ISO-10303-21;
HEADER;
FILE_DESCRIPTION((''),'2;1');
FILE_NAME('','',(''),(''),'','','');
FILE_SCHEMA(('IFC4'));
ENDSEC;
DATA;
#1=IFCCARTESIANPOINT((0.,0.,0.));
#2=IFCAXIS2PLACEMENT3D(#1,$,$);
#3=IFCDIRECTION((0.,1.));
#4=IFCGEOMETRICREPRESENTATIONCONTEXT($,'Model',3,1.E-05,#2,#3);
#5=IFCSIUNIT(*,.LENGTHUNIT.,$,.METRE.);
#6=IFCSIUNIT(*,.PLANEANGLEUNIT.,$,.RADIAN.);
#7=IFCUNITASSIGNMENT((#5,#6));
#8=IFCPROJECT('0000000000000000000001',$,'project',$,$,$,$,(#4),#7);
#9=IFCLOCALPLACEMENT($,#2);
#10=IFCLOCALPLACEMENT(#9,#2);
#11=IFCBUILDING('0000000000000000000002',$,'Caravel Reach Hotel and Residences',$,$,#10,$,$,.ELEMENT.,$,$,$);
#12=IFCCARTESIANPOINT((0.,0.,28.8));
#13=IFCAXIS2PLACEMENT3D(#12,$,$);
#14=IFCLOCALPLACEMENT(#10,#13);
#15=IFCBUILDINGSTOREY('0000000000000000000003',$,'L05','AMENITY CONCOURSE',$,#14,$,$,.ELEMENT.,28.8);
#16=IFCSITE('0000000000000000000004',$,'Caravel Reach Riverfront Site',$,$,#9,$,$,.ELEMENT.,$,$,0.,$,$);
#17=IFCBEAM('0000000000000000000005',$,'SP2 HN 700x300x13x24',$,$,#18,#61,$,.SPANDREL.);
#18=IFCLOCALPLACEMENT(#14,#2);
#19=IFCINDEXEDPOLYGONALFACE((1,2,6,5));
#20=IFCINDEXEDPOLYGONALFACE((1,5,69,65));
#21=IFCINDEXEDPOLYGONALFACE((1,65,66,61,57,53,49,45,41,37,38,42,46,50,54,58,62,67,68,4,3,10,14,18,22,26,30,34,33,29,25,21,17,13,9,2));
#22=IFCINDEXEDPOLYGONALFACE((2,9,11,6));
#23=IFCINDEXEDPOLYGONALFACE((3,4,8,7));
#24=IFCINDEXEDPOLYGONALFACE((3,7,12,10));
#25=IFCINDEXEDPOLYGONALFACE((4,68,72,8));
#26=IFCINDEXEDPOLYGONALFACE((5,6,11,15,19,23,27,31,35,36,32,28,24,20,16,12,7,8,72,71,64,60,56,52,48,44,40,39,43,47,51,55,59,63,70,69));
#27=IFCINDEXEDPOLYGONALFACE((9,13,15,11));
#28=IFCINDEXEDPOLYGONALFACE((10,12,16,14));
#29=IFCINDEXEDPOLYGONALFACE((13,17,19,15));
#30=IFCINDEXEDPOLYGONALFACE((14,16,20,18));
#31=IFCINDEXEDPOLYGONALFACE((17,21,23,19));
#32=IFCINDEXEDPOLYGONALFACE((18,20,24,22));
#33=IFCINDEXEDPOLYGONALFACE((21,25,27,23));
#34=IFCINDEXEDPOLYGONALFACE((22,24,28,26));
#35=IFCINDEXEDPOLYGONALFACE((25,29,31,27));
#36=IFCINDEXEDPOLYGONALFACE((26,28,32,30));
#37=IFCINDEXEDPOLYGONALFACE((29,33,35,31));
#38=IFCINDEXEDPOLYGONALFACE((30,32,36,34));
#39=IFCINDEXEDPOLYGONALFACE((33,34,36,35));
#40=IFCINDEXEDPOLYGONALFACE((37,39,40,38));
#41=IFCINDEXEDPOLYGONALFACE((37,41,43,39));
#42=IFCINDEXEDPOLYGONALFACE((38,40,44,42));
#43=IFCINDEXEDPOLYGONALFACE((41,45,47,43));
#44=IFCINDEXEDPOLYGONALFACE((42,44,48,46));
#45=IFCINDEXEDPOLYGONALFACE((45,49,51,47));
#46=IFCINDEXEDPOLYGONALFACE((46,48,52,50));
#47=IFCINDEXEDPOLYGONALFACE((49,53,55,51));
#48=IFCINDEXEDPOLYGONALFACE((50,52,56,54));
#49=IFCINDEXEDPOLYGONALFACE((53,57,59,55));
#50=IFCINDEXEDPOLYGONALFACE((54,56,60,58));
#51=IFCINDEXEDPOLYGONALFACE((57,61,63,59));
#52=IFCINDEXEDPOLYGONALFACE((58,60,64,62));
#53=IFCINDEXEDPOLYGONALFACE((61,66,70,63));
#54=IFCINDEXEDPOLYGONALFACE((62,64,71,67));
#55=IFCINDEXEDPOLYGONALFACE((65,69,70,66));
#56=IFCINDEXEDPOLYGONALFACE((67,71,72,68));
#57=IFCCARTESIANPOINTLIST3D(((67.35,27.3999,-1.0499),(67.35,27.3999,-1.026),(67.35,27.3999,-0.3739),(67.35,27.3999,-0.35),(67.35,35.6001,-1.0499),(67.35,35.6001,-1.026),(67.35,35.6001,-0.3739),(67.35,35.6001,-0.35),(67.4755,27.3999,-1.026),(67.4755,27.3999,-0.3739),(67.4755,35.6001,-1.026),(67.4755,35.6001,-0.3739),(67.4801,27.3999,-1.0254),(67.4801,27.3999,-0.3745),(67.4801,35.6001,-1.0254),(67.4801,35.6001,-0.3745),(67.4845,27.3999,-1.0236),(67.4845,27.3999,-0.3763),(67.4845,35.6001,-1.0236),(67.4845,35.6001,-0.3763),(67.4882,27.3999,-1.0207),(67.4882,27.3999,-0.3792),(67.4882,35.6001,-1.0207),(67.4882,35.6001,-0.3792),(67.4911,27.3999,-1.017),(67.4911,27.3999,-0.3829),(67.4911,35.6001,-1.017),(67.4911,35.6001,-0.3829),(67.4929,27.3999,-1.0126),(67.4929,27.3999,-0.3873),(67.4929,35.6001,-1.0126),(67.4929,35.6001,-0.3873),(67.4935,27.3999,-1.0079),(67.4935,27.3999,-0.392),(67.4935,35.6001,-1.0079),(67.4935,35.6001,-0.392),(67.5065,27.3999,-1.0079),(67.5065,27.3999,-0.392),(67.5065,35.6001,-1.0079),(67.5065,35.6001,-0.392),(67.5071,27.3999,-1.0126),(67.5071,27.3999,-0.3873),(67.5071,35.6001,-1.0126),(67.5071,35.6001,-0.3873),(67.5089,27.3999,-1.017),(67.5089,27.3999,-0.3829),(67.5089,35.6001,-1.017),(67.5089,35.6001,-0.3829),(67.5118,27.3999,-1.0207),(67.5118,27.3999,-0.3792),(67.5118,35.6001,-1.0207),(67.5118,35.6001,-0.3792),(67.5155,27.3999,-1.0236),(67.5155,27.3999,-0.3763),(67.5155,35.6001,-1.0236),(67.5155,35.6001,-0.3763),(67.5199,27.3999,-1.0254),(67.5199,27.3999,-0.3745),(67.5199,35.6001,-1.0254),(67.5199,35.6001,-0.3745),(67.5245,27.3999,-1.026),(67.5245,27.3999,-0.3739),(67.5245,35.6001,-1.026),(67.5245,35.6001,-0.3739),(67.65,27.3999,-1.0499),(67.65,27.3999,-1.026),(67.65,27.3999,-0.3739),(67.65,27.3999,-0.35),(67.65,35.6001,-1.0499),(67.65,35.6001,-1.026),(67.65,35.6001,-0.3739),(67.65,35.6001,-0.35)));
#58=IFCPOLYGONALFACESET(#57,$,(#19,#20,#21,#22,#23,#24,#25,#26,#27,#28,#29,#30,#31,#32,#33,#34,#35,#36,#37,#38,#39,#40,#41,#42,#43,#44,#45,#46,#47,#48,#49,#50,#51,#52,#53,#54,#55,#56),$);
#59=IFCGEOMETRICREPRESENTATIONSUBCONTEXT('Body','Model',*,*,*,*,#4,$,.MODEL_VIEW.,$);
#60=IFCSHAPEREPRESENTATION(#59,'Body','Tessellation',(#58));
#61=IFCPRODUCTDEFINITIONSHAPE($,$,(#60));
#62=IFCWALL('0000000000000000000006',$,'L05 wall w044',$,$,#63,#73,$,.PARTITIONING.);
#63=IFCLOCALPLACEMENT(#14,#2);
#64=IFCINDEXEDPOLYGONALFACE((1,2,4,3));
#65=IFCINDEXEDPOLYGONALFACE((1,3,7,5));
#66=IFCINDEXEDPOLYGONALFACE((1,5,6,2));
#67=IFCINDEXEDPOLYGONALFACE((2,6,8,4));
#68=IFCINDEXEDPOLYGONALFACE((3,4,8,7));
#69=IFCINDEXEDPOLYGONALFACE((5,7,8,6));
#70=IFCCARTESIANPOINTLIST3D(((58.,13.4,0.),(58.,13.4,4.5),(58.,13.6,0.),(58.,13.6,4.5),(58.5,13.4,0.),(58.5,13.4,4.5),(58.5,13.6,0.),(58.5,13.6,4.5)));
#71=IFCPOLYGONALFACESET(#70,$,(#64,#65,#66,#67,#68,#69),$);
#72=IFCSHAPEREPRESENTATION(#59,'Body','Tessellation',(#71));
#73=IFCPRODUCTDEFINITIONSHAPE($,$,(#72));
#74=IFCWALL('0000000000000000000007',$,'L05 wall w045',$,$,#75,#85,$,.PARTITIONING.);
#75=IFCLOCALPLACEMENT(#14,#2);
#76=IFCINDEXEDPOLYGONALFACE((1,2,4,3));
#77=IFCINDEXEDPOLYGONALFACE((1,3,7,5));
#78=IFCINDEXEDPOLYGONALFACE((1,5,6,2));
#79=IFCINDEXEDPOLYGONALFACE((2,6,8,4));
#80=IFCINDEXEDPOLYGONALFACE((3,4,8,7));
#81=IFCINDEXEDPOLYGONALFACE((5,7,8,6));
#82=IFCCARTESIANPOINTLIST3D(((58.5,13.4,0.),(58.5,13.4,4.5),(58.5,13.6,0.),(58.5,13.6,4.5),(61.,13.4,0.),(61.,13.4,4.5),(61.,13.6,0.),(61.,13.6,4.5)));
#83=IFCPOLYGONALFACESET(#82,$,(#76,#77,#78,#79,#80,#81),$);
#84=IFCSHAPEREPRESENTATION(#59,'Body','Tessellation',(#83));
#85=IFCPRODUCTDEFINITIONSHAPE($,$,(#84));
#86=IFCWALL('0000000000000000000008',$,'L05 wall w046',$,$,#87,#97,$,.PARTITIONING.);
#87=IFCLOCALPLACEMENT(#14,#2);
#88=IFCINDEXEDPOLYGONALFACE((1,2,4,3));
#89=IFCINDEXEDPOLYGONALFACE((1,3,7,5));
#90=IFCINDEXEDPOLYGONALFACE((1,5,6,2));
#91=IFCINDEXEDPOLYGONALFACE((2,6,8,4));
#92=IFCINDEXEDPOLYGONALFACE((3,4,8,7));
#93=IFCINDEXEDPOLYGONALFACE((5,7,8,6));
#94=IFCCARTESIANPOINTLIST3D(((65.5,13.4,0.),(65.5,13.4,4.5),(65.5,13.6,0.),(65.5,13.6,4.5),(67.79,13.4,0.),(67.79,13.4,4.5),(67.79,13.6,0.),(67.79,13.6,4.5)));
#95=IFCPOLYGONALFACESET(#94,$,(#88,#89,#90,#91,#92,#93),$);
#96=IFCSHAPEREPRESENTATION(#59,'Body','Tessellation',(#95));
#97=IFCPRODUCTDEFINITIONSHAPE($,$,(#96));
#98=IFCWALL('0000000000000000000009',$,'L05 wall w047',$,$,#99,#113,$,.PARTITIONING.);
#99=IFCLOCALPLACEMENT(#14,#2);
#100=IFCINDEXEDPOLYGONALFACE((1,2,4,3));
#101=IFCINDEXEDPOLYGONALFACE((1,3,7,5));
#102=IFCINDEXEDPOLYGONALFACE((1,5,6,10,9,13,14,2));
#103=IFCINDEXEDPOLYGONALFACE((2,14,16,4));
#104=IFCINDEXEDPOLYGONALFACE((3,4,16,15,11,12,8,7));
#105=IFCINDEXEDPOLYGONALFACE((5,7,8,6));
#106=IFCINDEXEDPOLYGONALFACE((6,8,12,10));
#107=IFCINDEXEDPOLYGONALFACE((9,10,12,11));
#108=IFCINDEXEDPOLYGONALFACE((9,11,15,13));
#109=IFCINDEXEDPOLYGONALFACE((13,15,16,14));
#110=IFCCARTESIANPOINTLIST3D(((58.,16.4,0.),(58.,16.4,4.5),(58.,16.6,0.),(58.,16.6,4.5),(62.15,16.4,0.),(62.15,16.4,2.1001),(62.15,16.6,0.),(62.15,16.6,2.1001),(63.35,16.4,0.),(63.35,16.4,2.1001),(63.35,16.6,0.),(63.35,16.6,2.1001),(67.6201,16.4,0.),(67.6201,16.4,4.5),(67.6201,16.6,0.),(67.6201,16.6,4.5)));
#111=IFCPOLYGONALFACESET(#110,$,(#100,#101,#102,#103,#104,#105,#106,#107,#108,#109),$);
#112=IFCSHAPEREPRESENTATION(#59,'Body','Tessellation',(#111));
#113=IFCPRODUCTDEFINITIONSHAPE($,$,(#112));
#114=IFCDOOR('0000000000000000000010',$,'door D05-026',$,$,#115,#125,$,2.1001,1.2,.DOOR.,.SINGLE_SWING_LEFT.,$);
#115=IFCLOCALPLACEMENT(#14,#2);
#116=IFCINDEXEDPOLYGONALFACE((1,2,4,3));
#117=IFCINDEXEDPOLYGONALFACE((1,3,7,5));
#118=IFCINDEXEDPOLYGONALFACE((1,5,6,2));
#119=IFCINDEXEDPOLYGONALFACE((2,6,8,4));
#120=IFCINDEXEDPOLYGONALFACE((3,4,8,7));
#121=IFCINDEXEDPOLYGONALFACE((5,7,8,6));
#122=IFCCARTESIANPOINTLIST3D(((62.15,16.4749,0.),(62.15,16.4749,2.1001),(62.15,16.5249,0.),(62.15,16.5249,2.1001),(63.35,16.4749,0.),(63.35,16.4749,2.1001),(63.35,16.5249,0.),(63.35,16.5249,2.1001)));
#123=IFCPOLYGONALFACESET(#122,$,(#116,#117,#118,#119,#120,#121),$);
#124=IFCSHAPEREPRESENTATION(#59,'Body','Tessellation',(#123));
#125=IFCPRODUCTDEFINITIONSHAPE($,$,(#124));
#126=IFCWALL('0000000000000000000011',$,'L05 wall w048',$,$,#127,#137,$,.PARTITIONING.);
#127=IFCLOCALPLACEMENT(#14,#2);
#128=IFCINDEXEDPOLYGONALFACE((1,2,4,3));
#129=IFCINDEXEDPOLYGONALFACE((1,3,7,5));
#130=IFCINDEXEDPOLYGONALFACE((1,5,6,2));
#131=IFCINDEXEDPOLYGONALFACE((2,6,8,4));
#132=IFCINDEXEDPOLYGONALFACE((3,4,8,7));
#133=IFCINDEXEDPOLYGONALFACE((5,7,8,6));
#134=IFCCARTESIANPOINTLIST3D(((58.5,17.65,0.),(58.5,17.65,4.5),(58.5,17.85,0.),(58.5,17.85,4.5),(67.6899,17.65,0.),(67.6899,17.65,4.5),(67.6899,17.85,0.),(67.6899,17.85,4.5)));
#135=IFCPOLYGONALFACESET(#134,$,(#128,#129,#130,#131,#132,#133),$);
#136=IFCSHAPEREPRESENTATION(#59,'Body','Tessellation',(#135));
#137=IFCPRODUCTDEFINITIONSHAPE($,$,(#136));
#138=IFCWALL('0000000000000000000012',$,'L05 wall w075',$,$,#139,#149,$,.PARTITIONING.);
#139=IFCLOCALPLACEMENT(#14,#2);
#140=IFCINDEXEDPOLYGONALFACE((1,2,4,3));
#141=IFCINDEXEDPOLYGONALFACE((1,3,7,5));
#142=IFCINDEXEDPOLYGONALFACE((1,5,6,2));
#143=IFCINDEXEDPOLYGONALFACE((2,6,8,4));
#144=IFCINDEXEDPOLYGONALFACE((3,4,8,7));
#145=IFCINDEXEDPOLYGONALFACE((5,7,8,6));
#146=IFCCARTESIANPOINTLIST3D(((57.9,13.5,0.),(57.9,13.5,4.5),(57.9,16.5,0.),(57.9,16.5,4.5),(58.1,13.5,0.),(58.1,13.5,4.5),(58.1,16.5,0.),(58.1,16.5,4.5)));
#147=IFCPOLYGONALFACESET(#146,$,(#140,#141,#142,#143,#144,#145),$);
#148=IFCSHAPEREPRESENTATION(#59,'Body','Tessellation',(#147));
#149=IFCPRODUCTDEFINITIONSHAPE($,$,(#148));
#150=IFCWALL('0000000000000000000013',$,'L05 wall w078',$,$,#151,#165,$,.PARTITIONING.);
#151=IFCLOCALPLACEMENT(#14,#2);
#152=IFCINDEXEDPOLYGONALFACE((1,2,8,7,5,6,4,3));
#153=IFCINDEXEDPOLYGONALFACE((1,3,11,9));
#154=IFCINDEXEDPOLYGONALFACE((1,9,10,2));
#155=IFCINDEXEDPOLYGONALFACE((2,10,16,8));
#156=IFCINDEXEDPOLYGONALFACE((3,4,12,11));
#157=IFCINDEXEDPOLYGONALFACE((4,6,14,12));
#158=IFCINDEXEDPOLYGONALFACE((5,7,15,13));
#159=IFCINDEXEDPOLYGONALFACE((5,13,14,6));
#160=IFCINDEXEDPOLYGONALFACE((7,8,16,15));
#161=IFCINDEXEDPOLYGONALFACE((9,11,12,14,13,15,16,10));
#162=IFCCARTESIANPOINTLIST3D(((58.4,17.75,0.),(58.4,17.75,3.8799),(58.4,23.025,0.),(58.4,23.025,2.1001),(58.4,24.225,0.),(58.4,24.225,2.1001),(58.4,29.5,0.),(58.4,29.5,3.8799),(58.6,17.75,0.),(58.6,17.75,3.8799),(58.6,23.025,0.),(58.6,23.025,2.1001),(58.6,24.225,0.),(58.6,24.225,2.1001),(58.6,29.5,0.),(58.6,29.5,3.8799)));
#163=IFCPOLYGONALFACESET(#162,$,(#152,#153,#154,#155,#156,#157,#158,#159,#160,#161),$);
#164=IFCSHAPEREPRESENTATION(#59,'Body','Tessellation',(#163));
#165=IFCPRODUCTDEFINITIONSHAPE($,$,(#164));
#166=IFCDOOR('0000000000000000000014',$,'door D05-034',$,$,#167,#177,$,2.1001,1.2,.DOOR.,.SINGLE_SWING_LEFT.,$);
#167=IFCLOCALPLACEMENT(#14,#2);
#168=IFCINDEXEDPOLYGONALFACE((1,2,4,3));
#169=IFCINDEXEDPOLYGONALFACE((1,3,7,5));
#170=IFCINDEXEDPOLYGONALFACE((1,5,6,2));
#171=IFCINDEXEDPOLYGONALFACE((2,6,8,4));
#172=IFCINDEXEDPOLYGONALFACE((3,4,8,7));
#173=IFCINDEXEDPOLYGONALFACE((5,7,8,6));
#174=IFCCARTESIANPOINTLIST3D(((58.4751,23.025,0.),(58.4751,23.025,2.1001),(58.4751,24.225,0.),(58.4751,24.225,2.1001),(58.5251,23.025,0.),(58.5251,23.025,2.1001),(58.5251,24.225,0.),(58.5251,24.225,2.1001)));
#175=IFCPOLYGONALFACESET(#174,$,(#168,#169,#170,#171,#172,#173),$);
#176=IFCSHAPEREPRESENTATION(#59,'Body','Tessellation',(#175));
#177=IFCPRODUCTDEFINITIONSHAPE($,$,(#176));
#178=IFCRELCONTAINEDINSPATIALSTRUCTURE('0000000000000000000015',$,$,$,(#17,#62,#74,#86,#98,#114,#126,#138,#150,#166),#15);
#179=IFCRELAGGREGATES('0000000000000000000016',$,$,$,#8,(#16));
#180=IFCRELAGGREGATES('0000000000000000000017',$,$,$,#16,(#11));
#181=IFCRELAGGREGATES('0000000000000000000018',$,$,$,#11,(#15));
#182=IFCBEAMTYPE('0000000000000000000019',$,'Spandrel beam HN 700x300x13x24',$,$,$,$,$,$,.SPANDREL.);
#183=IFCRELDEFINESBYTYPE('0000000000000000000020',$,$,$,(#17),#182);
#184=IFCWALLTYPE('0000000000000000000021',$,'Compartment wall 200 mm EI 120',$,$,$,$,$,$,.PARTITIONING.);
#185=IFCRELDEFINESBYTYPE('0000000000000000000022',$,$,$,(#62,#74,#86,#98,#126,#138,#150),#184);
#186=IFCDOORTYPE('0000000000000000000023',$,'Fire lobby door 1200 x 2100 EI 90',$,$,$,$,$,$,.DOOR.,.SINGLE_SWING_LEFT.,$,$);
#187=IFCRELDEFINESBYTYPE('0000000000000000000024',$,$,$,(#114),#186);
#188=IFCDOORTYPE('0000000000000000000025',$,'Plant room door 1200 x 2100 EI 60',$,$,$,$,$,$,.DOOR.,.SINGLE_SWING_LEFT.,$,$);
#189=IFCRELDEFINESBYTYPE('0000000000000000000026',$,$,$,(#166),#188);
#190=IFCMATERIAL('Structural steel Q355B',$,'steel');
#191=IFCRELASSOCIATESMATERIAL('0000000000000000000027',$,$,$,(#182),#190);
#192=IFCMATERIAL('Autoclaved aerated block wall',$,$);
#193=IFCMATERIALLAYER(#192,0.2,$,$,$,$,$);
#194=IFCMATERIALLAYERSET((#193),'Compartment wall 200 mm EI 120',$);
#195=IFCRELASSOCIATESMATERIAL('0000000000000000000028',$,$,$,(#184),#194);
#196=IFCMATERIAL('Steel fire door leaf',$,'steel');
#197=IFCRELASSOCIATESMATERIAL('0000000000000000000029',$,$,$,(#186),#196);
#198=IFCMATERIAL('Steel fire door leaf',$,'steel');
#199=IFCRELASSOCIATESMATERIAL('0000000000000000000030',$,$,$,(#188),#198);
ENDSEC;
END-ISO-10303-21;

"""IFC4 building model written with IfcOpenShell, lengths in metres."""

from ifc_helpers import new_model, si_unit, direction, frame, frame_2d, origin, origin_2d, place, context, subcontext, project, spatial, rectangle, i_section, extrude, material, layer, layer_set, material_profile, profile_set, type_object, element, fill, save


model = new_model("IFC4")

# Units and contexts
model_context = context("Model", 3, precision=1e-05, world=origin(), true_north=direction((0.0, 1.0)))
body_context = subcontext(model_context, "Body", "Model", "MODEL_VIEW")
ifc_project = project(units=[si_unit("LENGTHUNIT", "METRE"), si_unit("PLANEANGLEUNIT", "RADIAN")], contexts=[model_context])

# Site, building, storey
site_placement = place(None, origin())
site = spatial("IfcSite", under=ifc_project, at=site_placement, Name="Caravel Reach Riverfront Site", CompositionType="ELEMENT", RefElevation=0.0)
building_placement = place(site_placement, origin())
building = spatial("IfcBuilding", under=site, at=building_placement, Name="Caravel Reach Hotel and Residences", CompositionType="ELEMENT")
storey_placement = place(building_placement, frame((0.0, 0.0, 28.8)))
storey = spatial("IfcBuildingStorey", under=building, at=storey_placement, Name="L05", Description="AMENITY CONCOURSE", CompositionType="ELEMENT", Elevation=28.8)

# Beam
ifc_material_1 = material(Name="Structural steel Q355B", Category="steel")
ifc_material_profile_1 = material_profile(ifc_material_1, i_section(OverallWidth=0.3, OverallDepth=0.7, WebThickness=0.0129, FlangeThickness=0.0239, FilletRadius=0.0181, at=origin_2d()), Name="HN 700x300x13x24")
ifc_profile_set_1 = profile_set([ifc_material_profile_1], Name="Structural steel Q355B")
beam_type = type_object("IfcBeamType", Name="Spandrel beam HN 700x300x13x24", PredefinedType="SPANDREL", material=ifc_profile_set_1)
for number, where, z_axis, x_axis, name in (
    (1, (67.5, 27.3999, -0.7), (0.0, 1.0, 0.0), (-1.0, 0.0, 0.0), "SP2 HN 700x300x13x24"),
):
    element("IfcBeam", number, at=place(storey_placement, frame(where, z_axis=z_axis, x_axis=x_axis)), inside=storey, type_object=beam_type, Name=name, PredefinedType="SPANDREL", context=body_context, shape_type="SweptSolid", body=[
        extrude(i_section(OverallWidth=0.3, OverallDepth=0.7, WebThickness=0.0129, FlangeThickness=0.0239, FilletRadius=0.0181, at=origin_2d()), origin(), (0.0, 0.0, 1.0), 8.2002),
    ])

# Walls
ifc_material_2 = material(Name="Autoclaved aerated block wall")
ifc_layer_1 = layer(ifc_material_2, 0.2)
ifc_layer_set_1 = layer_set([ifc_layer_1], Name="Compartment wall 200 mm EI 120")
wall_type_1 = type_object("IfcWallType", Name="Compartment wall 200 mm EI 120", PredefinedType="PARTITIONING", material=ifc_layer_set_1)
wall_1_placement = place(storey_placement, frame((58.0, 13.5, 0.0), z_axis=(0.0, 0.0, 1.0), x_axis=(1.0, 0.0, 0.0)))
element("IfcWall", 2, at=wall_1_placement, inside=storey, type_object=wall_type_1, Name="L05 wall w044", PredefinedType="PARTITIONING", context=body_context, shape_type="SweptSolid", body=[
    extrude(rectangle(XDim=0.5, YDim=0.2, at=frame_2d((0.25, 0.0))), origin(), (0.0, 0.0, 1.0), 4.5),
])
wall_2_placement = place(storey_placement, frame((58.5, 13.5, 0.0), z_axis=(0.0, 0.0, 1.0), x_axis=(1.0, 0.0, 0.0)))
element("IfcWall", 3, at=wall_2_placement, inside=storey, type_object=wall_type_1, Name="L05 wall w045", PredefinedType="PARTITIONING", context=body_context, shape_type="SweptSolid", body=[
    extrude(rectangle(XDim=2.5, YDim=0.2, at=frame_2d((1.25, 0.0))), origin(), (0.0, 0.0, 1.0), 4.5),
])
wall_3_placement = place(storey_placement, frame((65.5, 13.5, 0.0), z_axis=(0.0, 0.0, 1.0), x_axis=(1.0, 0.0, 0.0)))
element("IfcWall", 4, at=wall_3_placement, inside=storey, type_object=wall_type_1, Name="L05 wall w046", PredefinedType="PARTITIONING", context=body_context, shape_type="SweptSolid", body=[
    extrude(rectangle(XDim=2.29, YDim=0.2, at=frame_2d((1.145, 0.0))), origin(), (0.0, 0.0, 1.0), 4.5),
])

# Wall, opening, door
wall_4_placement = place(storey_placement, frame((58.0, 16.5, 0.0), z_axis=(0.0, 0.0, 1.0), x_axis=(1.0, 0.0, 0.0)))
wall_4 = element("IfcWall", 5, at=wall_4_placement, inside=storey, type_object=wall_type_1, Name="L05 wall w047", PredefinedType="PARTITIONING", context=body_context, shape_type="SweptSolid", body=[
    extrude(rectangle(XDim=9.6201, YDim=0.2, at=frame_2d((4.8101, 0.0))), origin(), (0.0, 0.0, 1.0), 4.5),
])
opening_1_placement = place(wall_4_placement, frame((4.1499, 0.0, 0.0)))
opening_1 = element("IfcOpeningElement", 6, at=opening_1_placement, cuts=wall_4, PredefinedType="OPENING", context=body_context, shape_type="SweptSolid", body=[
    extrude(rectangle(XDim=1.2, YDim=2.1001, at=frame_2d((0.6001, 1.05))), frame((0.0, 0.1099, 0.0), z_axis=(0.0, -1.0, 0.0), x_axis=(1.0, 0.0, 0.0)), (0.0, 0.0, 1.0), 0.22),
])
ifc_material_3 = material(Name="Steel fire door leaf", Category="steel")
door_type_1 = type_object("IfcDoorType", Name="Fire lobby door 1200 x 2100 EI 90", OperationType="SINGLE_SWING_LEFT", PredefinedType="DOOR", material=ifc_material_3)
door_1_placement = place(opening_1_placement, origin())
door_1 = element("IfcDoor", 7, at=door_1_placement, inside=storey, type_object=door_type_1, Name="door D05-026", OperationType="SINGLE_SWING_LEFT", OverallHeight=2.1001, OverallWidth=1.2, PredefinedType="DOOR", context=body_context, shape_type="SweptSolid", body=[
    extrude(rectangle(XDim=1.2, YDim=2.1001, at=frame_2d((0.6001, 1.05))), frame((0.0, 0.0249, 0.0), z_axis=(0.0, -1.0, 0.0), x_axis=(1.0, 0.0, 0.0)), (0.0, 0.0, 1.0), 0.05),
])
fill(opening_1, door_1)

# Walls
wall_5_placement = place(storey_placement, frame((58.5, 17.75, 0.0), z_axis=(0.0, 0.0, 1.0), x_axis=(1.0, 0.0, 0.0)))
element("IfcWall", 8, at=wall_5_placement, inside=storey, type_object=wall_type_1, Name="L05 wall w048", PredefinedType="PARTITIONING", context=body_context, shape_type="SweptSolid", body=[
    extrude(rectangle(XDim=9.1899, YDim=0.2, at=frame_2d((4.595, 0.0))), origin(), (0.0, 0.0, 1.0), 4.5),
])
wall_6_placement = place(storey_placement, frame((58.0, 13.5, 0.0), z_axis=(0.0, 0.0, 1.0), x_axis=(0.0, 1.0, 0.0)))
element("IfcWall", 9, at=wall_6_placement, inside=storey, type_object=wall_type_1, Name="L05 wall w075", PredefinedType="PARTITIONING", context=body_context, shape_type="SweptSolid", body=[
    extrude(rectangle(XDim=3.0, YDim=0.2, at=frame_2d((1.5, 0.0))), origin(), (0.0, 0.0, 1.0), 4.5),
])

# Wall, opening, door
wall_7_placement = place(storey_placement, frame((58.5, 17.75, 0.0), z_axis=(0.0, 0.0, 1.0), x_axis=(0.0, 1.0, 0.0)))
wall_7 = element("IfcWall", 10, at=wall_7_placement, inside=storey, type_object=wall_type_1, Name="L05 wall w078", PredefinedType="PARTITIONING", context=body_context, shape_type="SweptSolid", body=[
    extrude(rectangle(XDim=11.75, YDim=0.2, at=frame_2d((5.875, 0.0))), origin(), (0.0, 0.0, 1.0), 3.8799),
])
opening_2_placement = place(wall_7_placement, frame((5.2749, 0.0, 0.0)))
opening_2 = element("IfcOpeningElement", 11, at=opening_2_placement, cuts=wall_7, PredefinedType="OPENING", context=body_context, shape_type="SweptSolid", body=[
    extrude(rectangle(XDim=1.2, YDim=2.1001, at=frame_2d((0.6001, 1.05))), frame((0.0, 0.1099, 0.0), z_axis=(0.0, -1.0, 0.0), x_axis=(1.0, 0.0, 0.0)), (0.0, 0.0, 1.0), 0.22),
])
ifc_material_4 = material(Name="Steel fire door leaf", Category="steel")
door_type_2 = type_object("IfcDoorType", Name="Plant room door 1200 x 2100 EI 60", OperationType="SINGLE_SWING_LEFT", PredefinedType="DOOR", material=ifc_material_4)
door_2_placement = place(opening_2_placement, origin())
door_2 = element("IfcDoor", 12, at=door_2_placement, inside=storey, type_object=door_type_2, Name="door D05-034", OperationType="SINGLE_SWING_LEFT", OverallHeight=2.1001, OverallWidth=1.2, PredefinedType="DOOR", context=body_context, shape_type="SweptSolid", body=[
    extrude(rectangle(XDim=1.2, YDim=2.1001, at=frame_2d((0.6001, 1.05))), frame((0.0, 0.0249, 0.0), z_axis=(0.0, -1.0, 0.0), x_axis=(1.0, 0.0, 0.0)), (0.0, 0.0, 1.0), 0.05),
])
fill(opening_2, door_2)

save(model, "model.ifc")
